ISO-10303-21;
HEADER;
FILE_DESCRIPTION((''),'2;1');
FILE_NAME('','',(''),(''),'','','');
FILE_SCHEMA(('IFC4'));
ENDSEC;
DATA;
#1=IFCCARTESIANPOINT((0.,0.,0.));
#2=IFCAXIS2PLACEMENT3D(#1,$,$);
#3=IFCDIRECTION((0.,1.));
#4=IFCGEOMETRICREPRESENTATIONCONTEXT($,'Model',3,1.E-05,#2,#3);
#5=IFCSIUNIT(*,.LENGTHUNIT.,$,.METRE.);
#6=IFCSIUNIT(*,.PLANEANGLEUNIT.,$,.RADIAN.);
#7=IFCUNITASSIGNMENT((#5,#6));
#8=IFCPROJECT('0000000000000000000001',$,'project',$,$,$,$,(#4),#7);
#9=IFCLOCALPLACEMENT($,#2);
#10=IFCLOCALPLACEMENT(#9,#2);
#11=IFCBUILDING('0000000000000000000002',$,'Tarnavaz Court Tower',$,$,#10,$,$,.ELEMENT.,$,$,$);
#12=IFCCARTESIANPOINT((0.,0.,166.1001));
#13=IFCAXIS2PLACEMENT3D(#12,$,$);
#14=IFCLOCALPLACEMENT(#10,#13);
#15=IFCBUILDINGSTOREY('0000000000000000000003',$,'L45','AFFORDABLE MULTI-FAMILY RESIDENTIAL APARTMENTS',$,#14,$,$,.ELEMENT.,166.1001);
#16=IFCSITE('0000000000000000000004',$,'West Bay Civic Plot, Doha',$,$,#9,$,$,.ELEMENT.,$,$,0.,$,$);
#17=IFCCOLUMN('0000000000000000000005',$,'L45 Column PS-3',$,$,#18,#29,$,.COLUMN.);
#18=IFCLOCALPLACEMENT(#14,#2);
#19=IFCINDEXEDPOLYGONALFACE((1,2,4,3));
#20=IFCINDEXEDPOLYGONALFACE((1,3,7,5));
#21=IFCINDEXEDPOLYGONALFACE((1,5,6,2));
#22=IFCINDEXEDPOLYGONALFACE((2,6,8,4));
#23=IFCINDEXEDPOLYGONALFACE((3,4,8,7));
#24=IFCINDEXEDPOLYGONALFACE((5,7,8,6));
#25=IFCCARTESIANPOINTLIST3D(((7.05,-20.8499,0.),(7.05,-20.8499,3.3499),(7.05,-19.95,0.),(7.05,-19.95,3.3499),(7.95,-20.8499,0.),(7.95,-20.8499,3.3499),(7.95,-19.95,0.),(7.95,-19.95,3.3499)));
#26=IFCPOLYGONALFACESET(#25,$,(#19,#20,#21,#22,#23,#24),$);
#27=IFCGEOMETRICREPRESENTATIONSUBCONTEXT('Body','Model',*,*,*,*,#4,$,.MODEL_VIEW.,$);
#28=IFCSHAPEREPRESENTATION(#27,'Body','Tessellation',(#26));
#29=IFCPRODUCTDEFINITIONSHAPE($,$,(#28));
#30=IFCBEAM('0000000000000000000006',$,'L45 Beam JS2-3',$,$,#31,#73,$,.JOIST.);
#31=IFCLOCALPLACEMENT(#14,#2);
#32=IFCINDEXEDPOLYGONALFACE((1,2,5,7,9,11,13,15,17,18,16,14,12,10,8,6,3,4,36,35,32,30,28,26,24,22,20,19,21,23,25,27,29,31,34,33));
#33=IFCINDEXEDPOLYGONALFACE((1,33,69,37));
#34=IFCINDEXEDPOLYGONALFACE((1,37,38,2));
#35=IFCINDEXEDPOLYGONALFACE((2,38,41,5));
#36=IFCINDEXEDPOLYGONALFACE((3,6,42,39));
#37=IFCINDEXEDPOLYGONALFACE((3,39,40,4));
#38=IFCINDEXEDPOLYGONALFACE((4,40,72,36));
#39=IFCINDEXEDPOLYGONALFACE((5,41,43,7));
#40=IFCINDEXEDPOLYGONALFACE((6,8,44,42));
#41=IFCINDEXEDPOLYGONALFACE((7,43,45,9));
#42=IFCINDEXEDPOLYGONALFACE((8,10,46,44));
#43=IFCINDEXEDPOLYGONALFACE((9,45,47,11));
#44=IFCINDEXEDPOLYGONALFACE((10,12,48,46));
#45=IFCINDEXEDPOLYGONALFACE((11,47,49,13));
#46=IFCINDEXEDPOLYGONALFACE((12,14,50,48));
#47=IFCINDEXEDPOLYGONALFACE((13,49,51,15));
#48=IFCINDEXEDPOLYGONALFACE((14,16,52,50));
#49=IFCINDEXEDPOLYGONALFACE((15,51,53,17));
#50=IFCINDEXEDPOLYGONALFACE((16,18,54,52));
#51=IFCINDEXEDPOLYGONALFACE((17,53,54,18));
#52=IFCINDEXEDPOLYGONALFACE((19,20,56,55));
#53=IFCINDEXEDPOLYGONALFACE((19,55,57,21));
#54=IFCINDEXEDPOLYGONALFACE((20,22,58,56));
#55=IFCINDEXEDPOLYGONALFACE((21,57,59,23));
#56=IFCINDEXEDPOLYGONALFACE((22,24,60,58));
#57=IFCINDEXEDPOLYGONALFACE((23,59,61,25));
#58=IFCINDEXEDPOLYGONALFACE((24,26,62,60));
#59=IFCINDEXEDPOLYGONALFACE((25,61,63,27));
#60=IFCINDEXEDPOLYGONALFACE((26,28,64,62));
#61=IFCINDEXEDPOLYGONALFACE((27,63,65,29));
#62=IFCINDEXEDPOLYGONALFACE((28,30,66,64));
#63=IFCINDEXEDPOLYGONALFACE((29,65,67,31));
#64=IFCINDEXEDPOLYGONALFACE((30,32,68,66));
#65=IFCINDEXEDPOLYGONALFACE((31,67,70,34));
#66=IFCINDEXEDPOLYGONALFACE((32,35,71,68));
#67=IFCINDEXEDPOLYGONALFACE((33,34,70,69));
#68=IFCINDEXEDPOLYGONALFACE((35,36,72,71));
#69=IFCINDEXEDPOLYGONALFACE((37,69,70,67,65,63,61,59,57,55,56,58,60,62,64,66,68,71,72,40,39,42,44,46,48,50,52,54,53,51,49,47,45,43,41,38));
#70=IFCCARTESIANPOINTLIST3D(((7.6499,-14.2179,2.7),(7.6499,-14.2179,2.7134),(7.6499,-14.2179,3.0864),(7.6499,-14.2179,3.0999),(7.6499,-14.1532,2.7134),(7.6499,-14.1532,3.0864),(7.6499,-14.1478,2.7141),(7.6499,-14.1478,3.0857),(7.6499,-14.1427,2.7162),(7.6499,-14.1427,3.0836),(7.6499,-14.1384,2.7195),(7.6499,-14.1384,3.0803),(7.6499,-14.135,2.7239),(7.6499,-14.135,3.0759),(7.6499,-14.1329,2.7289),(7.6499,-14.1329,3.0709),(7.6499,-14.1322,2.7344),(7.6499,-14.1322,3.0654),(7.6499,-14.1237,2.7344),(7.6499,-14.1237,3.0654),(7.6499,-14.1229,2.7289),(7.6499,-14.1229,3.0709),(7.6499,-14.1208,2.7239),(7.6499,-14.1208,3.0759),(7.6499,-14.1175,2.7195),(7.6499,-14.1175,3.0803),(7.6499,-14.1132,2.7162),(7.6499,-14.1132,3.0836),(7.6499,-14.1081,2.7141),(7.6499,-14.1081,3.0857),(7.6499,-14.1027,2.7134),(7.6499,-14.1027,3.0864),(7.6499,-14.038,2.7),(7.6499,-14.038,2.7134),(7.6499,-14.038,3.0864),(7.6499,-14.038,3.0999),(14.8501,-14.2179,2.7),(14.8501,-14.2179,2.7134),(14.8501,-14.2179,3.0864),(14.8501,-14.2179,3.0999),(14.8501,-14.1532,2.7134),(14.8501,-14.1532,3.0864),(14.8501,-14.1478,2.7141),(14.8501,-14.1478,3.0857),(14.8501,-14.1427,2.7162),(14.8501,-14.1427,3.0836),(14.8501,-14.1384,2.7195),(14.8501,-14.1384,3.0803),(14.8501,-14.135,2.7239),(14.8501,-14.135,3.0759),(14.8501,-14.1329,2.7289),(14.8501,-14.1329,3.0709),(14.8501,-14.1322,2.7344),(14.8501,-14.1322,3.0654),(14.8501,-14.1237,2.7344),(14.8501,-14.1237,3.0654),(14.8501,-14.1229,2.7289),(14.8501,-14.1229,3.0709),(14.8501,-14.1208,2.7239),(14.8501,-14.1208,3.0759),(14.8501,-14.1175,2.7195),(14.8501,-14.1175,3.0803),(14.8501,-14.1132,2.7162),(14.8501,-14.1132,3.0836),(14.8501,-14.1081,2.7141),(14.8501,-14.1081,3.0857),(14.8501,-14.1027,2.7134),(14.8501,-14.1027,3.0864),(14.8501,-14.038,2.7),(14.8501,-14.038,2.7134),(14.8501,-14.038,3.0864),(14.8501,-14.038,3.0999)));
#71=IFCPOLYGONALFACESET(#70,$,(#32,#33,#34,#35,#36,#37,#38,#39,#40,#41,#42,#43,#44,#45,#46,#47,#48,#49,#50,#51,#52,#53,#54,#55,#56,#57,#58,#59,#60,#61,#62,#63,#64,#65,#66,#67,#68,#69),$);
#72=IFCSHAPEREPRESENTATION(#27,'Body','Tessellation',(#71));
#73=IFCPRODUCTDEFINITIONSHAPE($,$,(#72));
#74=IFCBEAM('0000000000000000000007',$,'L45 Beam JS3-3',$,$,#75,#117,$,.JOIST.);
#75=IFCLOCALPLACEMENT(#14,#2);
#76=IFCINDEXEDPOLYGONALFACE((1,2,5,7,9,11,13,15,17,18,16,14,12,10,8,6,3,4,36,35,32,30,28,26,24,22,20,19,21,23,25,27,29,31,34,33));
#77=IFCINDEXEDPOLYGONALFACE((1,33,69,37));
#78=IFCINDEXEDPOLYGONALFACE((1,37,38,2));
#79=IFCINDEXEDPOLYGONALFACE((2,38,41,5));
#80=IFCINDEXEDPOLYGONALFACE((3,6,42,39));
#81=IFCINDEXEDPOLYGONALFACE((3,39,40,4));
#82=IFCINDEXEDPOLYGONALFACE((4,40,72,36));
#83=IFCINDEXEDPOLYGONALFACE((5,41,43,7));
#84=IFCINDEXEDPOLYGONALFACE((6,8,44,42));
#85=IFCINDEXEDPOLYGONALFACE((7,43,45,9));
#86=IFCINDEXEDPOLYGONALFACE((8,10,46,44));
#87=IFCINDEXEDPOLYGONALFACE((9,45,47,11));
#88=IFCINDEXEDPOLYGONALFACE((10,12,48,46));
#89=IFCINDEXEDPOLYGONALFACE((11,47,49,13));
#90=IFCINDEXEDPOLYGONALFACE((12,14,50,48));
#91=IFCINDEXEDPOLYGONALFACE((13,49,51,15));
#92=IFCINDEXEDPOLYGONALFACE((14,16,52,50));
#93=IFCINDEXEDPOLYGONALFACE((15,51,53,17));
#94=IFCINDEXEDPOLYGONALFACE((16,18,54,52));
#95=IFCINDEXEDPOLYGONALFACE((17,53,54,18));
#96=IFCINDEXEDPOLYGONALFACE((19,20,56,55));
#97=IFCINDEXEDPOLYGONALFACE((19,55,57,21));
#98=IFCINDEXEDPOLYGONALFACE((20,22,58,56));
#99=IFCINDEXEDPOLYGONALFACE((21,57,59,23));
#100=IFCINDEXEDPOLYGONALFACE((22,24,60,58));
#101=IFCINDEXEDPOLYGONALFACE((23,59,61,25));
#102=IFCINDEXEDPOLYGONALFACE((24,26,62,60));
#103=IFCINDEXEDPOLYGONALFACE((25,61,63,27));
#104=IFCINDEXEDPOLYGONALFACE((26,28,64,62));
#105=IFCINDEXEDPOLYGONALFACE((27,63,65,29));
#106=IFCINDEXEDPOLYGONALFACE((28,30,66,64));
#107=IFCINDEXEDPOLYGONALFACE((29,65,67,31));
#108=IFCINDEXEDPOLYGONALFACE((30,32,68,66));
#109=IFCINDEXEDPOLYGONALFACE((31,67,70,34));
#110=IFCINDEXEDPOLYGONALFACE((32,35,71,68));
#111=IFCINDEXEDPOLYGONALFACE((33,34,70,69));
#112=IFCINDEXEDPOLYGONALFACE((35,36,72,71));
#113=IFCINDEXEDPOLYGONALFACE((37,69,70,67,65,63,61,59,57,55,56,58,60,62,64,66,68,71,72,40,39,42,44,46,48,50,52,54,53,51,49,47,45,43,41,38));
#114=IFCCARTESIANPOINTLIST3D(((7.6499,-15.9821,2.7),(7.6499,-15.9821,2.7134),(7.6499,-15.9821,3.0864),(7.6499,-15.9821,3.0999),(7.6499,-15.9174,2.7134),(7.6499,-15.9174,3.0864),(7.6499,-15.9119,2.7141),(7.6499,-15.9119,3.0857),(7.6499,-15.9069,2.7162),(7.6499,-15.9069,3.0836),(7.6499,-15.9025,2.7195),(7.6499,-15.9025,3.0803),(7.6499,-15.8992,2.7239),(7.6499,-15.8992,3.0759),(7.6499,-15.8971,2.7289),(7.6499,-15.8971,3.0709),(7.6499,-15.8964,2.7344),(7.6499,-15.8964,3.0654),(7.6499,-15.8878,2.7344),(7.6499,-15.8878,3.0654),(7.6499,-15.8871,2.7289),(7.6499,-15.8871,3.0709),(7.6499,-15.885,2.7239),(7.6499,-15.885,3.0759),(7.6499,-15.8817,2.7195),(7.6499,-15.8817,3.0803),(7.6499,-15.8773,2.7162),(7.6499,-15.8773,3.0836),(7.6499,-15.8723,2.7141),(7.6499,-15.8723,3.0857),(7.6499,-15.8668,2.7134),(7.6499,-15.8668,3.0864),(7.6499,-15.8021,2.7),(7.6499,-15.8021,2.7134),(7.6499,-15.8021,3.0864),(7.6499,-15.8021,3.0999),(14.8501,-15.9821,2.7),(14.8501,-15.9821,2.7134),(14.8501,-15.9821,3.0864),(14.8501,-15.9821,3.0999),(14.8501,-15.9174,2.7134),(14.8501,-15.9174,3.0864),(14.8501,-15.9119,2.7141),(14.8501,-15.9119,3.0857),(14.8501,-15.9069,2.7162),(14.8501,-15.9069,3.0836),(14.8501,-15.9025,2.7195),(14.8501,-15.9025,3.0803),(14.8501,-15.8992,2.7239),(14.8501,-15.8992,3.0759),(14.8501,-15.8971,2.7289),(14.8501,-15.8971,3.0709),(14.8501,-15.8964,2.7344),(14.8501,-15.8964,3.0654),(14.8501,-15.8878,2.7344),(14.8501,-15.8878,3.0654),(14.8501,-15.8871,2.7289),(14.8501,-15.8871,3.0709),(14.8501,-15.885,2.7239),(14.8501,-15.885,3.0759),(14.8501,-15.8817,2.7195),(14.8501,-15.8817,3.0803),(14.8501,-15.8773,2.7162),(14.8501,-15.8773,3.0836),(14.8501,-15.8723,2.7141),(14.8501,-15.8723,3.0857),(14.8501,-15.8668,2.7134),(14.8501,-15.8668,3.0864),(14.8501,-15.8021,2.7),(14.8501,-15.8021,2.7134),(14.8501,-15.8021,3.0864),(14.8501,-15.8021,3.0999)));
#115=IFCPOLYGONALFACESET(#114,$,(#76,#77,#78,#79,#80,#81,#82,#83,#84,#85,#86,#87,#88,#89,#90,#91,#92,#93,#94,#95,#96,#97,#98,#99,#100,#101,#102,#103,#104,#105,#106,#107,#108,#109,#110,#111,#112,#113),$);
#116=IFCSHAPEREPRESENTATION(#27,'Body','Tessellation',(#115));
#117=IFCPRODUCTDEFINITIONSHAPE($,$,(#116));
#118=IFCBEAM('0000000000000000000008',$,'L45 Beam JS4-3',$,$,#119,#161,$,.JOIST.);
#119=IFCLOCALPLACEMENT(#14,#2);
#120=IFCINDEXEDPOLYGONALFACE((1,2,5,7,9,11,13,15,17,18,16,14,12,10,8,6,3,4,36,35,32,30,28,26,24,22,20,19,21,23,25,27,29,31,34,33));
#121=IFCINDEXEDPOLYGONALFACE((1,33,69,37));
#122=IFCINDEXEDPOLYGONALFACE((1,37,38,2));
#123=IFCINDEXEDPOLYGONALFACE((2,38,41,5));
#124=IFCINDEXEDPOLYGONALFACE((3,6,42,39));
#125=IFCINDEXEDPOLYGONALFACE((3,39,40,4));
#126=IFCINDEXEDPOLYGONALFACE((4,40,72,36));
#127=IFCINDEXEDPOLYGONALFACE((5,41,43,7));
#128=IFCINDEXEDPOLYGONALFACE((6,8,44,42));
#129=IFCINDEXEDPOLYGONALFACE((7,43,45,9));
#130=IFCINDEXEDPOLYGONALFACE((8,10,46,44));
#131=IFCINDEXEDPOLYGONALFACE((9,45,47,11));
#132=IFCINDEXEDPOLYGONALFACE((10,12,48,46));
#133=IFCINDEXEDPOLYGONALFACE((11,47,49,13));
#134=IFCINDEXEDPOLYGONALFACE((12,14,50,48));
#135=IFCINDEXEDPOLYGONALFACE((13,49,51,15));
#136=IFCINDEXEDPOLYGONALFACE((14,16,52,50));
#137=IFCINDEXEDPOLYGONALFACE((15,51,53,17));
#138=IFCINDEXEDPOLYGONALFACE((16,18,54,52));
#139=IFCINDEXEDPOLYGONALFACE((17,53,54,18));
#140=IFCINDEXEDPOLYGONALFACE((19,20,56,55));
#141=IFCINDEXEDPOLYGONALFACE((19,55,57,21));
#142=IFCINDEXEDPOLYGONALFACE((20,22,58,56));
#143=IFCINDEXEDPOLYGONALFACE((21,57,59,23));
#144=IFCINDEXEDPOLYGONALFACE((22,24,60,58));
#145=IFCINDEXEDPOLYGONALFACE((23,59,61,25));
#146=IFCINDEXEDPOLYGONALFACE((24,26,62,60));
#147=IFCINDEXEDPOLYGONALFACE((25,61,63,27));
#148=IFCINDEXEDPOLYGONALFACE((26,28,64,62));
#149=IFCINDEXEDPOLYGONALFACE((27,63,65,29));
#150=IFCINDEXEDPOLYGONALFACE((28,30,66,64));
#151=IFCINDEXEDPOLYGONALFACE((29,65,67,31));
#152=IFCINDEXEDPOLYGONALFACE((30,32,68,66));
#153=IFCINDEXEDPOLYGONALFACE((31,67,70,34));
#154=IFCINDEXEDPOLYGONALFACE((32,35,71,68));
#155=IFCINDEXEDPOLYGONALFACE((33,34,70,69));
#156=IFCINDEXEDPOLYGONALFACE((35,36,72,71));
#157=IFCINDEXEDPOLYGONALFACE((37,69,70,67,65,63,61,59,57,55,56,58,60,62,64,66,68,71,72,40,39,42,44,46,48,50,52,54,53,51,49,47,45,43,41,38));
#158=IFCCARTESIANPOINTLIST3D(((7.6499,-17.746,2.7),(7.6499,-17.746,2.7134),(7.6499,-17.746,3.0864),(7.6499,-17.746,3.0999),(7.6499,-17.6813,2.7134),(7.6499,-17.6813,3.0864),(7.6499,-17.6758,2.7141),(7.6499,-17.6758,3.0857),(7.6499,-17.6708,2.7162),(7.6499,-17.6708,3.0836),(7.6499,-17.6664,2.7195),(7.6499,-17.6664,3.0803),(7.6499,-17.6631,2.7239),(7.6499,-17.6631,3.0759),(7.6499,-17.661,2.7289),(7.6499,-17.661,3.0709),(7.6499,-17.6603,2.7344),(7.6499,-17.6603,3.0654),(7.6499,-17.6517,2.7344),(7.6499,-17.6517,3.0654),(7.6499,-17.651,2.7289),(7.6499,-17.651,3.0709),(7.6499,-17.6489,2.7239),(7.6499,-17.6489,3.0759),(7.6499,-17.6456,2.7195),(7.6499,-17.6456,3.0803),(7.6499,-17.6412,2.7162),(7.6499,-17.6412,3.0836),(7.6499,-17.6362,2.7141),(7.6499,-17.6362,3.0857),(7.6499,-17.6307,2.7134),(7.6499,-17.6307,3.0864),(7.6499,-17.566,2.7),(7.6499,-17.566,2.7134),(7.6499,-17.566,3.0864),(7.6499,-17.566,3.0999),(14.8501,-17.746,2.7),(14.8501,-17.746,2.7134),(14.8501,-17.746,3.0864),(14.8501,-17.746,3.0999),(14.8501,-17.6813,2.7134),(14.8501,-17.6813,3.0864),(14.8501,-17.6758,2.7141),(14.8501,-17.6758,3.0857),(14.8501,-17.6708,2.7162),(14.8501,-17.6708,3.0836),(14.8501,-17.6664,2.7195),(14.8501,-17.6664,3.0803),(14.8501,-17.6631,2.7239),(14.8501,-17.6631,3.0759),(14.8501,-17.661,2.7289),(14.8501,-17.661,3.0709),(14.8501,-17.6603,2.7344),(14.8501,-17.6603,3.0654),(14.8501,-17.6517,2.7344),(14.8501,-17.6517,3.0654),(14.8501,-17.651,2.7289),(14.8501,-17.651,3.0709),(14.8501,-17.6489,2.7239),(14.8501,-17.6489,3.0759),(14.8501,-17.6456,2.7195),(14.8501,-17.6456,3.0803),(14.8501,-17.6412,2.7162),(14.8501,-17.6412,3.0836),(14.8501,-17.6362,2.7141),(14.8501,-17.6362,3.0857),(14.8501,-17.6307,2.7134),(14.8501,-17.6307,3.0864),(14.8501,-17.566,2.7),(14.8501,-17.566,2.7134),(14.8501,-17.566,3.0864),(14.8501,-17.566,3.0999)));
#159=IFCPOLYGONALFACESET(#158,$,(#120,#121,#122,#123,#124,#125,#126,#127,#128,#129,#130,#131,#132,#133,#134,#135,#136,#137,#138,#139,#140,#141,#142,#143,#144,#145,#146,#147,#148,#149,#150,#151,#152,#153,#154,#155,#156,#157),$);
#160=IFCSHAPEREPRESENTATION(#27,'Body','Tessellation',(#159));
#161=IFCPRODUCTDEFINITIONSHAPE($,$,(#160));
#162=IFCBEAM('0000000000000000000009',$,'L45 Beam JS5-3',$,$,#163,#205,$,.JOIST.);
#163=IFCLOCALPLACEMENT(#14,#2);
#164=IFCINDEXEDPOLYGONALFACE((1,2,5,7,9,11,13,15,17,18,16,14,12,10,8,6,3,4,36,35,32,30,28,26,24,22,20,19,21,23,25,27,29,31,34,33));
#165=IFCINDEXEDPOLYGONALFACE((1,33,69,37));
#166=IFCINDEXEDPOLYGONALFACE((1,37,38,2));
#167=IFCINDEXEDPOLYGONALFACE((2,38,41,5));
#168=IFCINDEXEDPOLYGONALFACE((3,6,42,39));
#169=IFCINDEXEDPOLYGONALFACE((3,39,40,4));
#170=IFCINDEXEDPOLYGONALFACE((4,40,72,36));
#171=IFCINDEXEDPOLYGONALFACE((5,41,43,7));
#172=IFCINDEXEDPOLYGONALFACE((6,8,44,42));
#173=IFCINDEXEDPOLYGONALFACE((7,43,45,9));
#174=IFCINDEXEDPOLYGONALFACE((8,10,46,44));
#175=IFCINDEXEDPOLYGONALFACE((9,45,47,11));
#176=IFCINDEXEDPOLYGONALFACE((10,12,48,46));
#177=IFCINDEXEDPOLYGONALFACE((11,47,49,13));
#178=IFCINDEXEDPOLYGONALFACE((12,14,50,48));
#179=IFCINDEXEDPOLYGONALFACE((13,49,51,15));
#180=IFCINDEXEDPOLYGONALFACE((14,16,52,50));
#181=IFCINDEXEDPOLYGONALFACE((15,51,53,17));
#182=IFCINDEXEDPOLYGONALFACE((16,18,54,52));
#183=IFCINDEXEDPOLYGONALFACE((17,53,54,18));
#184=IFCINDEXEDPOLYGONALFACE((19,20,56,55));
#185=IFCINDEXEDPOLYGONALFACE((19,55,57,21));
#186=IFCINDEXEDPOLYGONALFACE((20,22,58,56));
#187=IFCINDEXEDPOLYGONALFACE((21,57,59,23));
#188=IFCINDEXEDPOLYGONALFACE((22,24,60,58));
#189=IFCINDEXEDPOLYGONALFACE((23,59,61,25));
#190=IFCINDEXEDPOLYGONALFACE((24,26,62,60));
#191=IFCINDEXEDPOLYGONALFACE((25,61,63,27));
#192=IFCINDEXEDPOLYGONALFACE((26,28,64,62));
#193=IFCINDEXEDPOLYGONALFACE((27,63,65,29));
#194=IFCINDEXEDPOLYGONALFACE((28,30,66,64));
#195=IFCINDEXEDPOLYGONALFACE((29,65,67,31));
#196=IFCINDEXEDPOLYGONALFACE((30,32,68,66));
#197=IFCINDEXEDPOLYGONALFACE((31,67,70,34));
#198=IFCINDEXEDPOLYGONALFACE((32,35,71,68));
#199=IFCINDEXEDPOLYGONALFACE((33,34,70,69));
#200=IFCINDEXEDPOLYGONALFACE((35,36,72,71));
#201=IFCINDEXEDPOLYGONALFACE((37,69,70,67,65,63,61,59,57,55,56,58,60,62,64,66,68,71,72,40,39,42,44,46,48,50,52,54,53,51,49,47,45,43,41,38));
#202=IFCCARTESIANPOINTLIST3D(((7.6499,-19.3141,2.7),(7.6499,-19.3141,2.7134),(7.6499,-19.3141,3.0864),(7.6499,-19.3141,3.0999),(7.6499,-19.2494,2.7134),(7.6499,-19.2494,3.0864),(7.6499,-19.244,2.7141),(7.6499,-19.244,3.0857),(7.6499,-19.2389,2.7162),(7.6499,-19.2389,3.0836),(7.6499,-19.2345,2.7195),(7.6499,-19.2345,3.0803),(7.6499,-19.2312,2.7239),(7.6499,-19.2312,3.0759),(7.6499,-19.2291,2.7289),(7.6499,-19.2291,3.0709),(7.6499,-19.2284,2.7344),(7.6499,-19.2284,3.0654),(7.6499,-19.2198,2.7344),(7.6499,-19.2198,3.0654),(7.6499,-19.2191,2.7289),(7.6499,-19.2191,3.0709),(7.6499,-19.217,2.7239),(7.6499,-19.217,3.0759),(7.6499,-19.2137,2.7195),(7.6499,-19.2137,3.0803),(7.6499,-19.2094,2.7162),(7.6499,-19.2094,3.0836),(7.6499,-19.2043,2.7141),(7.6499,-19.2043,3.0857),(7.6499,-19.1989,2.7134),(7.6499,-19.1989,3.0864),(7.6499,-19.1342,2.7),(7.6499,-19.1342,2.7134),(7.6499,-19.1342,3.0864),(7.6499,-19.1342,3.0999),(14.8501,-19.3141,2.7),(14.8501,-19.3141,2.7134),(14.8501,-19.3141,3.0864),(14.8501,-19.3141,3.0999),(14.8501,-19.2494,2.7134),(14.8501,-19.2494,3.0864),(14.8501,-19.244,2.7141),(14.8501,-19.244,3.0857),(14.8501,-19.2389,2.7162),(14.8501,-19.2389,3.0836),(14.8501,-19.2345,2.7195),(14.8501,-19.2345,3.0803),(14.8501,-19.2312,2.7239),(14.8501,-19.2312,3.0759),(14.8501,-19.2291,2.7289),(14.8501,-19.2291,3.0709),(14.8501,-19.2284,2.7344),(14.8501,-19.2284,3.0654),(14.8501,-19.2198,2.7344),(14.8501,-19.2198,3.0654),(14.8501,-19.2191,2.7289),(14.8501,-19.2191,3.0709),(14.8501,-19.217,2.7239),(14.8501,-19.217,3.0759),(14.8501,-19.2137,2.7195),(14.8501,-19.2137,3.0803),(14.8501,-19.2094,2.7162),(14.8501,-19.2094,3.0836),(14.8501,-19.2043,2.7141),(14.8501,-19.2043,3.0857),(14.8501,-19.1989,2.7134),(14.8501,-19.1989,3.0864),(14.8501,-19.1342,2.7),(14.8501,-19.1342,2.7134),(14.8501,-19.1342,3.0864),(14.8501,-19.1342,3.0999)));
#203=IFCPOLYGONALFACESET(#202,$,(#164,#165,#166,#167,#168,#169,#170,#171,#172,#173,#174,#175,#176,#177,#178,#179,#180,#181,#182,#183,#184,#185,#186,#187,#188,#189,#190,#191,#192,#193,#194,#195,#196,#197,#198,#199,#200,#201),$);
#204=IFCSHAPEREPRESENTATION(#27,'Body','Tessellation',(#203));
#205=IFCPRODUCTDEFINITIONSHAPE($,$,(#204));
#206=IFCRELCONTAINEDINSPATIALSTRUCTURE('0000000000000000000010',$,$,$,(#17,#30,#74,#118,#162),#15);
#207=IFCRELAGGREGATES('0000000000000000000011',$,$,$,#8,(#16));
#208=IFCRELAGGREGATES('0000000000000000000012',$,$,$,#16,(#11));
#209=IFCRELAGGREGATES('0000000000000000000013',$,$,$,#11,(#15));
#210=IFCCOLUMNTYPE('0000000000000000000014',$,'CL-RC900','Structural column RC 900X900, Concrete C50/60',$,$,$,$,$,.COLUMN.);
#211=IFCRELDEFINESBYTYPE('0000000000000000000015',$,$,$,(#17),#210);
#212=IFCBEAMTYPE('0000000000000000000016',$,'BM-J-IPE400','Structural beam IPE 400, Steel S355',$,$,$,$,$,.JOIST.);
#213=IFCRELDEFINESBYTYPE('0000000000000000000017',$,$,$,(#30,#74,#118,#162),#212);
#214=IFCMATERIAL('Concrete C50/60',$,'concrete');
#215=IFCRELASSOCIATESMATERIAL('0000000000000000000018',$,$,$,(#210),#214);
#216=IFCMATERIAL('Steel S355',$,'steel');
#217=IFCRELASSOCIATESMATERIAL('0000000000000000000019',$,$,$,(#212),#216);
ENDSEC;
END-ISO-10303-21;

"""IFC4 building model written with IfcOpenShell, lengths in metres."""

from ifc_helpers import new_model, si_unit, direction, frame, origin, origin_2d, place, context, subcontext, project, spatial, rectangle, i_section, extrude, material, material_profile, profile_set, type_object, element, save


model = new_model("IFC4")

# Units and contexts
model_context = context("Model", 3, precision=1e-05, world=origin(), true_north=direction((0.0, 1.0)))
body_context = subcontext(model_context, "Body", "Model", "MODEL_VIEW")
ifc_project = project(units=[si_unit("LENGTHUNIT", "METRE"), si_unit("PLANEANGLEUNIT", "RADIAN")], contexts=[model_context])

# Site, building, storey
site_placement = place(None, origin())
site = spatial("IfcSite", under=ifc_project, at=site_placement, Name="West Bay Civic Plot, Doha", CompositionType="ELEMENT", RefElevation=0.0)
building_placement = place(site_placement, origin())
building = spatial("IfcBuilding", under=site, at=building_placement, Name="Tarnavaz Court Tower", CompositionType="ELEMENT")
storey_placement = place(building_placement, frame((0.0, 0.0, 166.1001)))
storey = spatial("IfcBuildingStorey", under=building, at=storey_placement, Name="L45", Description="AFFORDABLE MULTI-FAMILY RESIDENTIAL APARTMENTS", CompositionType="ELEMENT", Elevation=166.1001)

# Column
ifc_material_1 = material(Name="Concrete C50/60", Category="concrete")
ifc_material_profile_1 = material_profile(ifc_material_1, rectangle(XDim=0.8999, YDim=0.8999, at=origin_2d()), Name="RC 900X900")
ifc_profile_set_1 = profile_set([ifc_material_profile_1], Name="Concrete C50/60")
column_type = type_object("IfcColumnType", Name="CL-RC900", Description="Structural column RC 900X900, Concrete C50/60", PredefinedType="COLUMN", material=ifc_profile_set_1)
column_placement = place(storey_placement, frame((7.5, -20.3999, 0.0), z_axis=(0.0, 0.0, 1.0), x_axis=(1.0, 0.0, 0.0)))
element("IfcColumn", 1, at=column_placement, inside=storey, type_object=column_type, Name="L45 Column PS-3", PredefinedType="COLUMN", context=body_context, shape_type="SweptSolid", body=[
    extrude(rectangle(XDim=0.8999, YDim=0.8999, at=origin_2d()), origin(), (0.0, 0.0, 1.0), 3.3499),
])

# Beams
ifc_material_2 = material(Name="Steel S355", Category="steel")
ifc_material_profile_2 = material_profile(ifc_material_2, i_section(OverallWidth=0.1799, OverallDepth=0.3999, WebThickness=0.0085, FlangeThickness=0.0134, FilletRadius=0.021, at=origin_2d()), Name="IPE 400")
ifc_profile_set_2 = profile_set([ifc_material_profile_2], Name="Steel S355")
beam_type_1 = type_object("IfcBeamType", Name="BM-J-IPE400", Description="Structural beam IPE 400, Steel S355", PredefinedType="JOIST", material=ifc_profile_set_2)
for number, where, z_axis, x_axis, name in (
    (2, (7.6499, -14.1279, 2.8999), (1.0, 0.0, 0.0), (0.0, 1.0, 0.0), "L45 Beam JS2-3"),
    (3, (7.6499, -15.8921, 2.8999), (1.0, 0.0, 0.0), (0.0, 1.0, 0.0), "L45 Beam JS3-3"),
    (4, (7.6499, -17.656, 2.8999), (1.0, 0.0, 0.0), (0.0, 1.0, 0.0), "L45 Beam JS4-3"),
    (5, (7.6499, -19.2241, 2.8999), (1.0, 0.0, 0.0), (0.0, 1.0, 0.0), "L45 Beam JS5-3"),
):
    element("IfcBeam", number, at=place(storey_placement, frame(where, z_axis=z_axis, x_axis=x_axis)), inside=storey, type_object=beam_type_1, Name=name, PredefinedType="JOIST", context=body_context, shape_type="SweptSolid", body=[
        extrude(i_section(OverallWidth=0.1799, OverallDepth=0.3999, WebThickness=0.0085, FlangeThickness=0.0134, FilletRadius=0.021, at=origin_2d()), origin(), (0.0, 0.0, 1.0), 7.2002),
    ])

save(model, "model.ifc")
